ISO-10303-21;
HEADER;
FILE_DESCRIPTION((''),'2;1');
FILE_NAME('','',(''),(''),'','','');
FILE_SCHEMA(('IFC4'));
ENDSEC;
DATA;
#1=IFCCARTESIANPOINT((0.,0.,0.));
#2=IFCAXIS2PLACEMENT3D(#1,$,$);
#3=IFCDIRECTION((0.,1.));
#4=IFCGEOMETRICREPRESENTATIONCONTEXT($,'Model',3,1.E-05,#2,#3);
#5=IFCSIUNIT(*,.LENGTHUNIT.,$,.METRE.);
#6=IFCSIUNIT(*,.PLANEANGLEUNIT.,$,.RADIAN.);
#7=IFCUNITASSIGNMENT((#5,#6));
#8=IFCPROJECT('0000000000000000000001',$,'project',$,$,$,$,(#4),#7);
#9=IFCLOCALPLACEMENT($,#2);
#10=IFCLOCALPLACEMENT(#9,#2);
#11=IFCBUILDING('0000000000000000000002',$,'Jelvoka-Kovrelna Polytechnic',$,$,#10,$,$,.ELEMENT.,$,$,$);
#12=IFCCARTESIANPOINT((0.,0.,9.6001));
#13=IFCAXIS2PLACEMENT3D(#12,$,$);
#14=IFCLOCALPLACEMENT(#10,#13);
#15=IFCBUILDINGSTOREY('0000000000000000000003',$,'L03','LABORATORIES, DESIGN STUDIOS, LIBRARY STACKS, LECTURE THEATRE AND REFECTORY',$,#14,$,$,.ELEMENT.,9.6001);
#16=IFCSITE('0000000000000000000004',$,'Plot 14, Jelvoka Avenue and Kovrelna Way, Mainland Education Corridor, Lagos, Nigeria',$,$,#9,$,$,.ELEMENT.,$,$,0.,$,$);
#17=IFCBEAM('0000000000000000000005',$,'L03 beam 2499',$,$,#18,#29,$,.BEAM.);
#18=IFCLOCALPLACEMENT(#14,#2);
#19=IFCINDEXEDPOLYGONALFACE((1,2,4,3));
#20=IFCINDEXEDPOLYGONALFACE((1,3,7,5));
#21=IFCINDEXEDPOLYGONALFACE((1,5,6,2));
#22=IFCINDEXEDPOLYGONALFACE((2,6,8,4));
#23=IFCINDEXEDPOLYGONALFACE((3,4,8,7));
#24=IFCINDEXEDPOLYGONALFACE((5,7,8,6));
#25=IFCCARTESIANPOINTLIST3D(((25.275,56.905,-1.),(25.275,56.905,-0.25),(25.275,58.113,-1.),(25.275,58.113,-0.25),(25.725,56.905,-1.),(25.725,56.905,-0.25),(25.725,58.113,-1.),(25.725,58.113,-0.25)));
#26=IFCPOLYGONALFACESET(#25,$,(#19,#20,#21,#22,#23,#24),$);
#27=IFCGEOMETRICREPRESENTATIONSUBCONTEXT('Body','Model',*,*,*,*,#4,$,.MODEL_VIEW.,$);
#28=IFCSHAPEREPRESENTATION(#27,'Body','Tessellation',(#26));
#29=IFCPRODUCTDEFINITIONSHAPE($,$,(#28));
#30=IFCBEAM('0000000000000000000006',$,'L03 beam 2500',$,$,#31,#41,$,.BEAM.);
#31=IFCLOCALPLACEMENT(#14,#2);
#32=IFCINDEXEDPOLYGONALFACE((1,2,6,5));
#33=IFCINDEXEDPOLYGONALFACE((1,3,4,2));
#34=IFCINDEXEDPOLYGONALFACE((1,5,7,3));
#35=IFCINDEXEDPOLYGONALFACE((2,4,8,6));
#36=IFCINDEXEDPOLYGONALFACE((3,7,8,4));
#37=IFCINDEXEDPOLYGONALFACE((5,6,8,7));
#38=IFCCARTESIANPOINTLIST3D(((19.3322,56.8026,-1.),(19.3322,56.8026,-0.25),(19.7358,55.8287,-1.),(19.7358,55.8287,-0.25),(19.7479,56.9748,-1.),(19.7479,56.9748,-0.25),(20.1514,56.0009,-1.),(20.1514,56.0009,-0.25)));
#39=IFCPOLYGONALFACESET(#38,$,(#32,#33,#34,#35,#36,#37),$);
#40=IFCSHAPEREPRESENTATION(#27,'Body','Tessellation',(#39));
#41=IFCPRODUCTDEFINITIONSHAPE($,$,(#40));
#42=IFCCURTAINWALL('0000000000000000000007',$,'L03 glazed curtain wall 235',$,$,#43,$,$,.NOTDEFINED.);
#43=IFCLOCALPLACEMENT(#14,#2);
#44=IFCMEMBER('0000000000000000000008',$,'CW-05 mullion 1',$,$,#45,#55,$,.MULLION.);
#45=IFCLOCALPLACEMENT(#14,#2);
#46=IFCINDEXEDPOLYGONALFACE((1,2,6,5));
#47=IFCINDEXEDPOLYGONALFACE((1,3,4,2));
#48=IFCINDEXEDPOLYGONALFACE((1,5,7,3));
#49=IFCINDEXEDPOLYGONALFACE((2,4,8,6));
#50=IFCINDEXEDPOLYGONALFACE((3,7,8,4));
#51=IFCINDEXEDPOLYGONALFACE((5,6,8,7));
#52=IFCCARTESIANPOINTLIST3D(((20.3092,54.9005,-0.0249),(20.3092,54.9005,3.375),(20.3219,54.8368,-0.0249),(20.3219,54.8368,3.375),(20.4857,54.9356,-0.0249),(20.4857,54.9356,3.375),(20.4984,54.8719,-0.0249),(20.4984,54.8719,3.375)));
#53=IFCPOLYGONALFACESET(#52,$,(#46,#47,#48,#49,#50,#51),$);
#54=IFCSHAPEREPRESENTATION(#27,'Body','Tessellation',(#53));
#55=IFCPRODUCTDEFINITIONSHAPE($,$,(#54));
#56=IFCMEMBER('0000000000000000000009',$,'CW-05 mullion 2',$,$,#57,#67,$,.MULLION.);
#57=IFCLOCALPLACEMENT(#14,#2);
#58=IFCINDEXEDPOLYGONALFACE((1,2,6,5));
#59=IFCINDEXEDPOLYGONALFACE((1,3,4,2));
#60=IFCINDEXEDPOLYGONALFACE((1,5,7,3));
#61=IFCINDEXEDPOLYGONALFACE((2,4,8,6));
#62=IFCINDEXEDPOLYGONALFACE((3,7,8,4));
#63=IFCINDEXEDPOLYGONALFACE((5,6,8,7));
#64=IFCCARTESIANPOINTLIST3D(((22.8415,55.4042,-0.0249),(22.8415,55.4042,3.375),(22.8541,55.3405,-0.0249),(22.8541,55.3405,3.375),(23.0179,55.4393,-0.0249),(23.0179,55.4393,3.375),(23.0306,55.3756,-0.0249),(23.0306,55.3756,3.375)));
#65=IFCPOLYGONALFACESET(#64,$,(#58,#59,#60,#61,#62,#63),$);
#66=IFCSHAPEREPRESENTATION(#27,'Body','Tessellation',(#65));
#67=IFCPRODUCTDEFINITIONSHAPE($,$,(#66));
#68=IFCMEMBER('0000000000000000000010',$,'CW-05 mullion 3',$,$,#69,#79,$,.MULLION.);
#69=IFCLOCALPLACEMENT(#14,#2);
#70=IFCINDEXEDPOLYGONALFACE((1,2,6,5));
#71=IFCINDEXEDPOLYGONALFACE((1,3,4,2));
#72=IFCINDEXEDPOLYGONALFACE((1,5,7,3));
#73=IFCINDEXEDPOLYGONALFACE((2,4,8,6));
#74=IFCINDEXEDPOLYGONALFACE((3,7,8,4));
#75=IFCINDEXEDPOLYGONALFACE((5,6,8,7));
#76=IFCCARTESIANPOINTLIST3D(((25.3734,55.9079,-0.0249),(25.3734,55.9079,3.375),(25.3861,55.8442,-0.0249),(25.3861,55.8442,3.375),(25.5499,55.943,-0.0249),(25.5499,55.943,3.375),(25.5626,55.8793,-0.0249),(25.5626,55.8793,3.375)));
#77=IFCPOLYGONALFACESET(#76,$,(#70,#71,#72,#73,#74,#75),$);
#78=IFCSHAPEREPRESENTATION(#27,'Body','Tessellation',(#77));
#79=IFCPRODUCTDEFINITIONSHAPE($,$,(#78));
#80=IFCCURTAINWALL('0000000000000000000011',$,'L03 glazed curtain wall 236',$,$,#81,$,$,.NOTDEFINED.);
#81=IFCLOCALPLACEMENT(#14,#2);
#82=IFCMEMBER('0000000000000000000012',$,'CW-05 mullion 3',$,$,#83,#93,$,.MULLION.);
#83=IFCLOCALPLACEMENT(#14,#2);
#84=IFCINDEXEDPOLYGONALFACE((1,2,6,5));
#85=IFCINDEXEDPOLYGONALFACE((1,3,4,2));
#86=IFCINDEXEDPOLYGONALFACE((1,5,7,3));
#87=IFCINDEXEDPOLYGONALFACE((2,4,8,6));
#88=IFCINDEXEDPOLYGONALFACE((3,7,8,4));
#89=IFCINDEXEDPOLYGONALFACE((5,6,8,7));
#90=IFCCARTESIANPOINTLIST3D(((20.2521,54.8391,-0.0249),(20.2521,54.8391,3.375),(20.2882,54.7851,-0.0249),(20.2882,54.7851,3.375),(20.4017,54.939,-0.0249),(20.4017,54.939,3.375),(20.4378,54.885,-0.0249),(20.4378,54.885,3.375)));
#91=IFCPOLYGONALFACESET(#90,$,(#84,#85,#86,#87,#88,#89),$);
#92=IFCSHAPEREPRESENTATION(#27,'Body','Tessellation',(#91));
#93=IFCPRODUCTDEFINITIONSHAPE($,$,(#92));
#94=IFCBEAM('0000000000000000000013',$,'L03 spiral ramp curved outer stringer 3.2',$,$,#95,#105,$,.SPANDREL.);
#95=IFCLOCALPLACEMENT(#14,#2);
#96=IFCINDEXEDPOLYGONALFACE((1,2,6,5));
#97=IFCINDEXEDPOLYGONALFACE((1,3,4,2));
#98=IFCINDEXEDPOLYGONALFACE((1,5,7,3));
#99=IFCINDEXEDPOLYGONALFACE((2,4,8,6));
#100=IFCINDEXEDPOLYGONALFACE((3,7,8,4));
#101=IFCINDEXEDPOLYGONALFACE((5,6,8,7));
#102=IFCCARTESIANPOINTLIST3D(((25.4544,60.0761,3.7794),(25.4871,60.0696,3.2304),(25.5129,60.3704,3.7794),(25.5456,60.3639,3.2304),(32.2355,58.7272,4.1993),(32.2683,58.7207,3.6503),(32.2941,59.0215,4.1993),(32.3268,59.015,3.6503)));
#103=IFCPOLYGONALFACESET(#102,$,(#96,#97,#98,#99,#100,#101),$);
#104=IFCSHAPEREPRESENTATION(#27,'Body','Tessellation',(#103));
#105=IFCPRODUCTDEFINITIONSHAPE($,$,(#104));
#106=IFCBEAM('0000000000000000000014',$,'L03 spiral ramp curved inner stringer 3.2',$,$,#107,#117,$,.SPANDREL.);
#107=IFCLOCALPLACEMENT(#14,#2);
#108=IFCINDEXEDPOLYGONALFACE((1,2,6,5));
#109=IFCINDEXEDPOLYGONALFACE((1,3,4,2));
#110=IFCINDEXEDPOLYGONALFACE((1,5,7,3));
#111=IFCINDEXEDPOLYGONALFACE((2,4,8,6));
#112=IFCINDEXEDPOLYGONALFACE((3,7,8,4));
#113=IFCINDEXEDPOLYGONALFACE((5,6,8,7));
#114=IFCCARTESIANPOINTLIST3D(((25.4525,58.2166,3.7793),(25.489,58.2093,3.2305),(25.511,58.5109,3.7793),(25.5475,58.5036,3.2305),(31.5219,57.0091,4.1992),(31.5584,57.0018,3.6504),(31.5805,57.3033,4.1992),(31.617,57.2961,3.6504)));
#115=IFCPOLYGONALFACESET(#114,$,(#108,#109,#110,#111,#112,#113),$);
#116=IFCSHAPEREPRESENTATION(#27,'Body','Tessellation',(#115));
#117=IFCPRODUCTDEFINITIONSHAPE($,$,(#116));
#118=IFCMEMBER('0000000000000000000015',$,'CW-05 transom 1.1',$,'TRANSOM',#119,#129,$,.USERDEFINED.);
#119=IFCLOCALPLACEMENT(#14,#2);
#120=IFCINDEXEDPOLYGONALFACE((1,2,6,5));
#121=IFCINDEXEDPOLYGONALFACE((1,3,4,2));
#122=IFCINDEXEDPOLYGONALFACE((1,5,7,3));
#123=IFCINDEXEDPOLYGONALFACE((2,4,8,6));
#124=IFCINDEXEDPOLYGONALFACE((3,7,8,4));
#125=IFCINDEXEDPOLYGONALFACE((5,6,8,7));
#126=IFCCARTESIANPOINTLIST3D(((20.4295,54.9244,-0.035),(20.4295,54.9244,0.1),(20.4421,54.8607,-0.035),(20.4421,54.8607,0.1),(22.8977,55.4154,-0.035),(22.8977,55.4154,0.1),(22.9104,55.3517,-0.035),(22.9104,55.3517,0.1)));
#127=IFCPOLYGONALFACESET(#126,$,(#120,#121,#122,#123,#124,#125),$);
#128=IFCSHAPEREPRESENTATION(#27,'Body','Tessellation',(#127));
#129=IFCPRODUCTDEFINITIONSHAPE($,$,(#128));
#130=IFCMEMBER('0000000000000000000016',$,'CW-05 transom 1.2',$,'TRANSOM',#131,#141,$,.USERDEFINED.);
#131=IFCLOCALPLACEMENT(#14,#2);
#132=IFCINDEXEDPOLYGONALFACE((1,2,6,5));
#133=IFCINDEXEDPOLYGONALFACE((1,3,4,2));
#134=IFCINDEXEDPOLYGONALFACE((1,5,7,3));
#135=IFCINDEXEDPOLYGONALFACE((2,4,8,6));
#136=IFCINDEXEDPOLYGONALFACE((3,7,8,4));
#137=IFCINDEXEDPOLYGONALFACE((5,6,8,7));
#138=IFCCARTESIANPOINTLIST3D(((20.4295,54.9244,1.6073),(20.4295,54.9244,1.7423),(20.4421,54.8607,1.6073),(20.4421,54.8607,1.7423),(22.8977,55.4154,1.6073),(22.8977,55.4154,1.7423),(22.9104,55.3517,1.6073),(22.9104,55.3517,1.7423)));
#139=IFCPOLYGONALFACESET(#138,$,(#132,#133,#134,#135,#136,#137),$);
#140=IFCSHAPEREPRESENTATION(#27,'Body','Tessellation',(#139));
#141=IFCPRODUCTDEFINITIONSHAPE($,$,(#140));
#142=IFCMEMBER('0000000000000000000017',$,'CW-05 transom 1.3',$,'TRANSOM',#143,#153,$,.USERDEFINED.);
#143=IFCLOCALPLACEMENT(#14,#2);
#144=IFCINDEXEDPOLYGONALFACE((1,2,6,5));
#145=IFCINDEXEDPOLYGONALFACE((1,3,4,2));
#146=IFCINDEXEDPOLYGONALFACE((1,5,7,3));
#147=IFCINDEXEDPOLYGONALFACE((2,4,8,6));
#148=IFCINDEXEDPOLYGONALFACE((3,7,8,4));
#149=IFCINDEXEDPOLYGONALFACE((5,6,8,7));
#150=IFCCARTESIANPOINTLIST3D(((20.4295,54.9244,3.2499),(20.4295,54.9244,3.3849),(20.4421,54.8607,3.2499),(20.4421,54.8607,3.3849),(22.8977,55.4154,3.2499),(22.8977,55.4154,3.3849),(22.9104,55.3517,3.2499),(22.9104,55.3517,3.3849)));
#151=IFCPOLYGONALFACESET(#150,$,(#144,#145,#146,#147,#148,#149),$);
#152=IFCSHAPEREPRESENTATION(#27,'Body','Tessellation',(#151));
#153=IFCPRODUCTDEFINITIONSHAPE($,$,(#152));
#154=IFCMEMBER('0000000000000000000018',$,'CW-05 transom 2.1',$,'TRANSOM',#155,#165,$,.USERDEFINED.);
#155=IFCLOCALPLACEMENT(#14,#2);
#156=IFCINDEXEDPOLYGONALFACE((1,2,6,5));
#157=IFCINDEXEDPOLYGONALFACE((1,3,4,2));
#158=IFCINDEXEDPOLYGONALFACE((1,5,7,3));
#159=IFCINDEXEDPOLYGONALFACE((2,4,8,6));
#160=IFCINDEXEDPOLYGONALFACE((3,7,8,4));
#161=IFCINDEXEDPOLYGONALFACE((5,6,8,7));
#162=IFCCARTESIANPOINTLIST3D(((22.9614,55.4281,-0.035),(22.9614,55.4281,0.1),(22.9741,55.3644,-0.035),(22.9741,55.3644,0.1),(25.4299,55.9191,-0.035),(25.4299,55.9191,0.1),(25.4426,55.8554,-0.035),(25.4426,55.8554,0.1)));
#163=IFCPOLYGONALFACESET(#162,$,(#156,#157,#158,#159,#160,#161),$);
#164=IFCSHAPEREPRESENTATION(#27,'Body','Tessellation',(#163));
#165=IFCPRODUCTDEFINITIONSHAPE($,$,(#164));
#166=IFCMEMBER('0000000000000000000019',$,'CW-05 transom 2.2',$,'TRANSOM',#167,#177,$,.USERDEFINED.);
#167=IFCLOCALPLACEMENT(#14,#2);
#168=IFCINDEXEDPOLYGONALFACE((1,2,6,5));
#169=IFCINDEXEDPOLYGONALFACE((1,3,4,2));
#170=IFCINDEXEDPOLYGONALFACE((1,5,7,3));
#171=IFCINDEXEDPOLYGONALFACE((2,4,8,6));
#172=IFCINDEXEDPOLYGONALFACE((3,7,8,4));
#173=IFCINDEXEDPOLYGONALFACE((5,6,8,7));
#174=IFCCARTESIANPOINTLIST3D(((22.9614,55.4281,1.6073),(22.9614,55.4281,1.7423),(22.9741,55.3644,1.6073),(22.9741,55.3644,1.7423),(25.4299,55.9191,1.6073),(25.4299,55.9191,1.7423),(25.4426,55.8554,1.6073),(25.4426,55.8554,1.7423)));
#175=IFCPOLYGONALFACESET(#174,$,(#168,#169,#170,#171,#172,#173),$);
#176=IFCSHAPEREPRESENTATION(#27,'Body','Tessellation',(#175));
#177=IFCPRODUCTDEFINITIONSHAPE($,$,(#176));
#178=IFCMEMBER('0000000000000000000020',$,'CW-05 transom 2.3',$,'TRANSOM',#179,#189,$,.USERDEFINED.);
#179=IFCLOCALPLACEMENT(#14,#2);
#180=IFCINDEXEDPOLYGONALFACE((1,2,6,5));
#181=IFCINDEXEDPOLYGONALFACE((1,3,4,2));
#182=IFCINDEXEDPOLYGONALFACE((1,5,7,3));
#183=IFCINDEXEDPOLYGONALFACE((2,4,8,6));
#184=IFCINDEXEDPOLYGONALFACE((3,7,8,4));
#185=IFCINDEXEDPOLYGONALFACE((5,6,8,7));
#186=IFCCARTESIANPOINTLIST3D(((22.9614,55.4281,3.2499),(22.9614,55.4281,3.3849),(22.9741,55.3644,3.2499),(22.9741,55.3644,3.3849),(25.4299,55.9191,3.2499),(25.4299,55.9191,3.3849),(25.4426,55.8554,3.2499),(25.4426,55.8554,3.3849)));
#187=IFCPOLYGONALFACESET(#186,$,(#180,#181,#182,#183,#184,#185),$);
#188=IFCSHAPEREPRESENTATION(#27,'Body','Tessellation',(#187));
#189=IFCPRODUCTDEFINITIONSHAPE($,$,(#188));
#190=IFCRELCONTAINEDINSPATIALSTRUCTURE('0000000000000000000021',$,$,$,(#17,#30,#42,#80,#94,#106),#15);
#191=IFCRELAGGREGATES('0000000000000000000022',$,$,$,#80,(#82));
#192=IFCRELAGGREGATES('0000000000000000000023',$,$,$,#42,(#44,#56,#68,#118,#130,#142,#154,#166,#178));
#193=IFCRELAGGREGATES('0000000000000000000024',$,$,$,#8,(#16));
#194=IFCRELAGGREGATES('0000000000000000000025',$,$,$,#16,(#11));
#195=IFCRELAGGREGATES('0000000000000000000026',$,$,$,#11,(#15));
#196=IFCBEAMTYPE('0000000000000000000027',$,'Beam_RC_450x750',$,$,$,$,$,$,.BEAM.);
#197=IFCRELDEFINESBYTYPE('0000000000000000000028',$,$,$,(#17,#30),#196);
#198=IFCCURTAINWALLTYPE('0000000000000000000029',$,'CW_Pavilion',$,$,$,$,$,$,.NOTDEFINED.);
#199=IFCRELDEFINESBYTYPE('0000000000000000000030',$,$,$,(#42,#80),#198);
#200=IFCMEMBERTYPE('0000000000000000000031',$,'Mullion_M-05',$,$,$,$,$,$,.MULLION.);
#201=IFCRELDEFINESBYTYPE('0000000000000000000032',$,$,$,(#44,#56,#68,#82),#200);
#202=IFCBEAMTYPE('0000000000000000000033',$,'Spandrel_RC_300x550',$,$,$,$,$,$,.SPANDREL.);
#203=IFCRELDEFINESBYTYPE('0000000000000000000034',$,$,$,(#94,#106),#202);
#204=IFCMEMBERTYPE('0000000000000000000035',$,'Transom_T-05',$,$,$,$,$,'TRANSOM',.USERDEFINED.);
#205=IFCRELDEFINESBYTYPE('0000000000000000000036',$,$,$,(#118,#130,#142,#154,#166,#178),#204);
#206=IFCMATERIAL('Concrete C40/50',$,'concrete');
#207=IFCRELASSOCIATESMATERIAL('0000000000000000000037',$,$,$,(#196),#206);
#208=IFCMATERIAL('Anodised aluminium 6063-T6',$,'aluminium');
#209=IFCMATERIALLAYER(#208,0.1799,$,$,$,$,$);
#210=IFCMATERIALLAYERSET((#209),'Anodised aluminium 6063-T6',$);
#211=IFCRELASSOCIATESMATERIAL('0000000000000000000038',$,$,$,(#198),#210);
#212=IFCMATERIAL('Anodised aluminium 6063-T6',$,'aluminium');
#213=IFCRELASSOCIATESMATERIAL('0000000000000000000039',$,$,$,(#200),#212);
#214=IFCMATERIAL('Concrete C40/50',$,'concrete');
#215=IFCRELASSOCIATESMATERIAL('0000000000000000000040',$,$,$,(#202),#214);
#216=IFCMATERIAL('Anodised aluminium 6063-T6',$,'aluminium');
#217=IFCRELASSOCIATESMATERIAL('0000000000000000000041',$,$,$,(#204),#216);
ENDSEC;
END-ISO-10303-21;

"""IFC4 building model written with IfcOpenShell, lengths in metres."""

from ifc_helpers import new_model, si_unit, direction, frame, origin, origin_2d, place, context, subcontext, project, spatial, rectangle, extrude, material, layer, layer_set, material_profile, profile_set, type_object, element, aggregate, save


model = new_model("IFC4")

# Units and contexts
model_context = context("Model", 3, precision=1e-05, world=origin(), true_north=direction((0.0, 1.0)))
body_context = subcontext(model_context, "Body", "Model", "MODEL_VIEW")
ifc_project = project(units=[si_unit("LENGTHUNIT", "METRE"), si_unit("PLANEANGLEUNIT", "RADIAN")], contexts=[model_context])

# Site, building, storey
site_placement = place(None, origin())
site = spatial("IfcSite", under=ifc_project, at=site_placement, Name="Plot 14, Jelvoka Avenue and Kovrelna Way, Mainland Education Corridor, Lagos, Nigeria", CompositionType="ELEMENT", RefElevation=0.0)
building_placement = place(site_placement, origin())
building = spatial("IfcBuilding", under=site, at=building_placement, Name="Jelvoka-Kovrelna Polytechnic", CompositionType="ELEMENT")
storey_placement = place(building_placement, frame((0.0, 0.0, 9.6001)))
storey = spatial("IfcBuildingStorey", under=building, at=storey_placement, Name="L03", Description="LABORATORIES, DESIGN STUDIOS, LIBRARY STACKS, LECTURE THEATRE AND REFECTORY", CompositionType="ELEMENT", Elevation=9.6001)

# Beams
ifc_material_1 = material(Name="Concrete C40/50", Category="concrete")
ifc_material_profile_1 = material_profile(ifc_material_1, rectangle(XDim=0.45, YDim=0.75, at=origin_2d()), Name="RC 450x750")
ifc_profile_set_1 = profile_set([ifc_material_profile_1], Name="Concrete C40/50")
beam_type_1 = type_object("IfcBeamType", Name="Beam_RC_450x750", PredefinedType="BEAM", material=ifc_profile_set_1)
beam_1_placement = place(storey_placement, frame((25.5, 56.905, -0.625), z_axis=(0.0, 1.0, 0.0), x_axis=(-1.0, 0.0, 0.0)))
element("IfcBeam", 1, at=beam_1_placement, inside=storey, type_object=beam_type_1, Name="L03 beam 2499", PredefinedType="BEAM", context=body_context, shape_type="SweptSolid", body=[
    extrude(rectangle(XDim=0.45, YDim=0.75, at=origin_2d()), origin(), (0.0, 0.0, 1.0), 1.208),
])
beam_2_placement = place(storey_placement, frame((19.9436, 55.9148, -0.625), z_axis=(-0.382822, 0.923822, 0.0), x_axis=(-0.923822, -0.382822, 0.0)))
element("IfcBeam", 2, at=beam_2_placement, inside=storey, type_object=beam_type_1, Name="L03 beam 2500", PredefinedType="BEAM", context=body_context, shape_type="SweptSolid", body=[
    extrude(rectangle(XDim=0.45, YDim=0.75, at=origin_2d()), origin(), (0.0, 0.0, 1.0), 1.0542),
])

# Curtain wall, members
ifc_material_2 = material(Name="Anodised aluminium 6063-T6", Category="aluminium")
ifc_layer_1 = layer(ifc_material_2, 0.1799)
ifc_layer_set_1 = layer_set([ifc_layer_1], Name="Anodised aluminium 6063-T6")
curtain_wall_type = type_object("IfcCurtainWallType", Name="CW_Pavilion", PredefinedType="NOTDEFINED", material=ifc_layer_set_1)
curtain_wall_1_placement = place(storey_placement, origin())
curtain_wall_1 = element("IfcCurtainWall", 3, at=curtain_wall_1_placement, inside=storey, type_object=curtain_wall_type, Name="L03 glazed curtain wall 235", PredefinedType="NOTDEFINED")
ifc_material_3 = material(Name="Anodised aluminium 6063-T6", Category="aluminium")
ifc_material_profile_2 = material_profile(ifc_material_3, rectangle(XDim=0.0649, YDim=0.1799, at=origin_2d()), Name="ALU 65x180")
ifc_profile_set_2 = profile_set([ifc_material_profile_2], Name="Anodised aluminium 6063-T6")
member_type_1 = type_object("IfcMemberType", Name="Mullion_M-05", PredefinedType="MULLION", material=ifc_profile_set_2)
member_1_placement = place(storey_placement, frame((20.4038, 54.8862, -0.0249), z_axis=(0.0, 0.0, 1.0), x_axis=(-0.195086, 0.980786, 0.0)))
member_1 = element("IfcMember", 4, at=member_1_placement, type_object=member_type_1, Name="CW-05 mullion 1", PredefinedType="MULLION", context=body_context, shape_type="SweptSolid", body=[
    extrude(rectangle(XDim=0.0649, YDim=0.1799, at=origin_2d()), origin(), (0.0, 0.0, 1.0), 3.3999),
])
member_2_placement = place(storey_placement, frame((22.936, 55.3899, -0.0249), z_axis=(0.0, 0.0, 1.0), x_axis=(-0.195086, 0.980786, 0.0)))
member_2 = element("IfcMember", 5, at=member_2_placement, type_object=member_type_1, Name="CW-05 mullion 2", PredefinedType="MULLION", context=body_context, shape_type="SweptSolid", body=[
    extrude(rectangle(XDim=0.0649, YDim=0.1799, at=origin_2d()), origin(), (0.0, 0.0, 1.0), 3.3999),
])
member_3_placement = place(storey_placement, frame((25.468, 55.8936, -0.0249), z_axis=(0.0, 0.0, 1.0), x_axis=(-0.195086, 0.980786, 0.0)))
member_3 = element("IfcMember", 6, at=member_3_placement, type_object=member_type_1, Name="CW-05 mullion 3", PredefinedType="MULLION", context=body_context, shape_type="SweptSolid", body=[
    extrude(rectangle(XDim=0.0649, YDim=0.1799, at=origin_2d()), origin(), (0.0, 0.0, 1.0), 3.3999),
])

# Curtain wall, member
curtain_wall_2_placement = place(storey_placement, origin())
curtain_wall_2 = element("IfcCurtainWall", 7, at=curtain_wall_2_placement, inside=storey, type_object=curtain_wall_type, Name="L03 glazed curtain wall 236", PredefinedType="NOTDEFINED")
member_4_placement = place(storey_placement, frame((20.345, 54.8621, -0.0249), z_axis=(0.0, 0.0, 1.0), x_axis=(-0.555583, 0.831461, 0.0)))
member_4 = element("IfcMember", 8, at=member_4_placement, type_object=member_type_1, Name="CW-05 mullion 3", PredefinedType="MULLION", context=body_context, shape_type="SweptSolid", body=[
    extrude(rectangle(XDim=0.0649, YDim=0.1799, at=origin_2d()), origin(), (0.0, 0.0, 1.0), 3.3999),
])
aggregate(curtain_wall_2, [member_4])

# Beams
ifc_material_4 = material(Name="Concrete C40/50", Category="concrete")
ifc_material_profile_3 = material_profile(ifc_material_4, rectangle(XDim=0.3, YDim=0.55, at=origin_2d()), Name="RC 300x550")
ifc_profile_set_3 = profile_set([ifc_material_profile_3], Name="Concrete C40/50")
beam_type_2 = type_object("IfcBeamType", Name="Spandrel_RC_300x550", PredefinedType="SPANDREL", material=ifc_profile_set_3)
beam_3_placement = place(storey_placement, frame((25.5, 60.22, 3.5049), z_axis=(0.978981, -0.194732, 0.060622), x_axis=(0.195091, 0.980785, 0.0)))
element("IfcBeam", 9, at=beam_3_placement, inside=storey, type_object=beam_type_2, Name="L03 spiral ramp curved outer stringer 3.2", PredefinedType="SPANDREL", context=body_context, shape_type="SweptSolid", body=[
    extrude(rectangle(XDim=0.3, YDim=0.55, at=origin_2d()), origin(), (0.0, 0.0, 1.0), 6.9268),
])
beam_4_placement = place(storey_placement, frame((25.5, 58.3601, 3.5049), z_axis=(0.978527, -0.194682, 0.067702), x_axis=(0.19513, 0.980777, 0.0)))
element("IfcBeam", 10, at=beam_4_placement, inside=storey, type_object=beam_type_2, Name="L03 spiral ramp curved inner stringer 3.2", PredefinedType="SPANDREL", context=body_context, shape_type="SweptSolid", body=[
    extrude(rectangle(XDim=0.3, YDim=0.55, at=origin_2d()), origin(), (0.0, 0.0, 1.0), 6.2026),
])

# Members
ifc_material_5 = material(Name="Anodised aluminium 6063-T6", Category="aluminium")
ifc_material_profile_4 = material_profile(ifc_material_5, rectangle(XDim=0.0649, YDim=0.135, at=origin_2d()), Name="ALU 65x135")
ifc_profile_set_4 = profile_set([ifc_material_profile_4], Name="Anodised aluminium 6063-T6")
member_type_2 = type_object("IfcMemberType", Name="Transom_T-05", ElementType="TRANSOM", PredefinedType="USERDEFINED", material=ifc_profile_set_4)
member_5_placement = place(storey_placement, frame((20.4358, 54.8926, 0.0325), z_axis=(0.980785, 0.19509, 0.0), x_axis=(-0.19509, 0.980785, 0.0)))
member_5 = element("IfcMember", 11, at=member_5_placement, type_object=member_type_2, Name="CW-05 transom 1.1", ObjectType="TRANSOM", PredefinedType="USERDEFINED", context=body_context, shape_type="SweptSolid", body=[
    extrude(rectangle(XDim=0.0649, YDim=0.135, at=origin_2d()), origin(), (0.0, 0.0, 1.0), 2.5166),
])
member_6_placement = place(storey_placement, frame((20.4358, 54.8926, 1.6748), z_axis=(0.980785, 0.19509, 0.0), x_axis=(-0.19509, 0.980785, 0.0)))
member_6 = element("IfcMember", 12, at=member_6_placement, type_object=member_type_2, Name="CW-05 transom 1.2", ObjectType="TRANSOM", PredefinedType="USERDEFINED", context=body_context, shape_type="SweptSolid", body=[
    extrude(rectangle(XDim=0.0649, YDim=0.135, at=origin_2d()), origin(), (0.0, 0.0, 1.0), 2.5166),
])
member_7_placement = place(storey_placement, frame((20.4358, 54.8926, 3.3174), z_axis=(0.980785, 0.19509, 0.0), x_axis=(-0.19509, 0.980785, 0.0)))
member_7 = element("IfcMember", 13, at=member_7_placement, type_object=member_type_2, Name="CW-05 transom 1.3", ObjectType="TRANSOM", PredefinedType="USERDEFINED", context=body_context, shape_type="SweptSolid", body=[
    extrude(rectangle(XDim=0.0649, YDim=0.135, at=origin_2d()), origin(), (0.0, 0.0, 1.0), 2.5166),
])
member_8_placement = place(storey_placement, frame((22.9678, 55.3962, 0.0325), z_axis=(0.980789, 0.195071, 0.0), x_axis=(-0.195071, 0.980789, 0.0)))
member_8 = element("IfcMember", 14, at=member_8_placement, type_object=member_type_2, Name="CW-05 transom 2.1", ObjectType="TRANSOM", PredefinedType="USERDEFINED", context=body_context, shape_type="SweptSolid", body=[
    extrude(rectangle(XDim=0.0649, YDim=0.135, at=origin_2d()), origin(), (0.0, 0.0, 1.0), 2.5168),
])
member_9_placement = place(storey_placement, frame((22.9678, 55.3962, 1.6748), z_axis=(0.980789, 0.195071, 0.0), x_axis=(-0.195071, 0.980789, 0.0)))
member_9 = element("IfcMember", 15, at=member_9_placement, type_object=member_type_2, Name="CW-05 transom 2.2", ObjectType="TRANSOM", PredefinedType="USERDEFINED", context=body_context, shape_type="SweptSolid", body=[
    extrude(rectangle(XDim=0.0649, YDim=0.135, at=origin_2d()), origin(), (0.0, 0.0, 1.0), 2.5168),
])
member_10_placement = place(storey_placement, frame((22.9678, 55.3962, 3.3174), z_axis=(0.980789, 0.195071, 0.0), x_axis=(-0.195071, 0.980789, 0.0)))
member_10 = element("IfcMember", 16, at=member_10_placement, type_object=member_type_2, Name="CW-05 transom 2.3", ObjectType="TRANSOM", PredefinedType="USERDEFINED", context=body_context, shape_type="SweptSolid", body=[
    extrude(rectangle(XDim=0.0649, YDim=0.135, at=origin_2d()), origin(), (0.0, 0.0, 1.0), 2.5168),
])

aggregate(curtain_wall_1, [member_1, member_2, member_3, member_5, member_6, member_7, member_8, member_9, member_10])

save(model, "model.ifc")
